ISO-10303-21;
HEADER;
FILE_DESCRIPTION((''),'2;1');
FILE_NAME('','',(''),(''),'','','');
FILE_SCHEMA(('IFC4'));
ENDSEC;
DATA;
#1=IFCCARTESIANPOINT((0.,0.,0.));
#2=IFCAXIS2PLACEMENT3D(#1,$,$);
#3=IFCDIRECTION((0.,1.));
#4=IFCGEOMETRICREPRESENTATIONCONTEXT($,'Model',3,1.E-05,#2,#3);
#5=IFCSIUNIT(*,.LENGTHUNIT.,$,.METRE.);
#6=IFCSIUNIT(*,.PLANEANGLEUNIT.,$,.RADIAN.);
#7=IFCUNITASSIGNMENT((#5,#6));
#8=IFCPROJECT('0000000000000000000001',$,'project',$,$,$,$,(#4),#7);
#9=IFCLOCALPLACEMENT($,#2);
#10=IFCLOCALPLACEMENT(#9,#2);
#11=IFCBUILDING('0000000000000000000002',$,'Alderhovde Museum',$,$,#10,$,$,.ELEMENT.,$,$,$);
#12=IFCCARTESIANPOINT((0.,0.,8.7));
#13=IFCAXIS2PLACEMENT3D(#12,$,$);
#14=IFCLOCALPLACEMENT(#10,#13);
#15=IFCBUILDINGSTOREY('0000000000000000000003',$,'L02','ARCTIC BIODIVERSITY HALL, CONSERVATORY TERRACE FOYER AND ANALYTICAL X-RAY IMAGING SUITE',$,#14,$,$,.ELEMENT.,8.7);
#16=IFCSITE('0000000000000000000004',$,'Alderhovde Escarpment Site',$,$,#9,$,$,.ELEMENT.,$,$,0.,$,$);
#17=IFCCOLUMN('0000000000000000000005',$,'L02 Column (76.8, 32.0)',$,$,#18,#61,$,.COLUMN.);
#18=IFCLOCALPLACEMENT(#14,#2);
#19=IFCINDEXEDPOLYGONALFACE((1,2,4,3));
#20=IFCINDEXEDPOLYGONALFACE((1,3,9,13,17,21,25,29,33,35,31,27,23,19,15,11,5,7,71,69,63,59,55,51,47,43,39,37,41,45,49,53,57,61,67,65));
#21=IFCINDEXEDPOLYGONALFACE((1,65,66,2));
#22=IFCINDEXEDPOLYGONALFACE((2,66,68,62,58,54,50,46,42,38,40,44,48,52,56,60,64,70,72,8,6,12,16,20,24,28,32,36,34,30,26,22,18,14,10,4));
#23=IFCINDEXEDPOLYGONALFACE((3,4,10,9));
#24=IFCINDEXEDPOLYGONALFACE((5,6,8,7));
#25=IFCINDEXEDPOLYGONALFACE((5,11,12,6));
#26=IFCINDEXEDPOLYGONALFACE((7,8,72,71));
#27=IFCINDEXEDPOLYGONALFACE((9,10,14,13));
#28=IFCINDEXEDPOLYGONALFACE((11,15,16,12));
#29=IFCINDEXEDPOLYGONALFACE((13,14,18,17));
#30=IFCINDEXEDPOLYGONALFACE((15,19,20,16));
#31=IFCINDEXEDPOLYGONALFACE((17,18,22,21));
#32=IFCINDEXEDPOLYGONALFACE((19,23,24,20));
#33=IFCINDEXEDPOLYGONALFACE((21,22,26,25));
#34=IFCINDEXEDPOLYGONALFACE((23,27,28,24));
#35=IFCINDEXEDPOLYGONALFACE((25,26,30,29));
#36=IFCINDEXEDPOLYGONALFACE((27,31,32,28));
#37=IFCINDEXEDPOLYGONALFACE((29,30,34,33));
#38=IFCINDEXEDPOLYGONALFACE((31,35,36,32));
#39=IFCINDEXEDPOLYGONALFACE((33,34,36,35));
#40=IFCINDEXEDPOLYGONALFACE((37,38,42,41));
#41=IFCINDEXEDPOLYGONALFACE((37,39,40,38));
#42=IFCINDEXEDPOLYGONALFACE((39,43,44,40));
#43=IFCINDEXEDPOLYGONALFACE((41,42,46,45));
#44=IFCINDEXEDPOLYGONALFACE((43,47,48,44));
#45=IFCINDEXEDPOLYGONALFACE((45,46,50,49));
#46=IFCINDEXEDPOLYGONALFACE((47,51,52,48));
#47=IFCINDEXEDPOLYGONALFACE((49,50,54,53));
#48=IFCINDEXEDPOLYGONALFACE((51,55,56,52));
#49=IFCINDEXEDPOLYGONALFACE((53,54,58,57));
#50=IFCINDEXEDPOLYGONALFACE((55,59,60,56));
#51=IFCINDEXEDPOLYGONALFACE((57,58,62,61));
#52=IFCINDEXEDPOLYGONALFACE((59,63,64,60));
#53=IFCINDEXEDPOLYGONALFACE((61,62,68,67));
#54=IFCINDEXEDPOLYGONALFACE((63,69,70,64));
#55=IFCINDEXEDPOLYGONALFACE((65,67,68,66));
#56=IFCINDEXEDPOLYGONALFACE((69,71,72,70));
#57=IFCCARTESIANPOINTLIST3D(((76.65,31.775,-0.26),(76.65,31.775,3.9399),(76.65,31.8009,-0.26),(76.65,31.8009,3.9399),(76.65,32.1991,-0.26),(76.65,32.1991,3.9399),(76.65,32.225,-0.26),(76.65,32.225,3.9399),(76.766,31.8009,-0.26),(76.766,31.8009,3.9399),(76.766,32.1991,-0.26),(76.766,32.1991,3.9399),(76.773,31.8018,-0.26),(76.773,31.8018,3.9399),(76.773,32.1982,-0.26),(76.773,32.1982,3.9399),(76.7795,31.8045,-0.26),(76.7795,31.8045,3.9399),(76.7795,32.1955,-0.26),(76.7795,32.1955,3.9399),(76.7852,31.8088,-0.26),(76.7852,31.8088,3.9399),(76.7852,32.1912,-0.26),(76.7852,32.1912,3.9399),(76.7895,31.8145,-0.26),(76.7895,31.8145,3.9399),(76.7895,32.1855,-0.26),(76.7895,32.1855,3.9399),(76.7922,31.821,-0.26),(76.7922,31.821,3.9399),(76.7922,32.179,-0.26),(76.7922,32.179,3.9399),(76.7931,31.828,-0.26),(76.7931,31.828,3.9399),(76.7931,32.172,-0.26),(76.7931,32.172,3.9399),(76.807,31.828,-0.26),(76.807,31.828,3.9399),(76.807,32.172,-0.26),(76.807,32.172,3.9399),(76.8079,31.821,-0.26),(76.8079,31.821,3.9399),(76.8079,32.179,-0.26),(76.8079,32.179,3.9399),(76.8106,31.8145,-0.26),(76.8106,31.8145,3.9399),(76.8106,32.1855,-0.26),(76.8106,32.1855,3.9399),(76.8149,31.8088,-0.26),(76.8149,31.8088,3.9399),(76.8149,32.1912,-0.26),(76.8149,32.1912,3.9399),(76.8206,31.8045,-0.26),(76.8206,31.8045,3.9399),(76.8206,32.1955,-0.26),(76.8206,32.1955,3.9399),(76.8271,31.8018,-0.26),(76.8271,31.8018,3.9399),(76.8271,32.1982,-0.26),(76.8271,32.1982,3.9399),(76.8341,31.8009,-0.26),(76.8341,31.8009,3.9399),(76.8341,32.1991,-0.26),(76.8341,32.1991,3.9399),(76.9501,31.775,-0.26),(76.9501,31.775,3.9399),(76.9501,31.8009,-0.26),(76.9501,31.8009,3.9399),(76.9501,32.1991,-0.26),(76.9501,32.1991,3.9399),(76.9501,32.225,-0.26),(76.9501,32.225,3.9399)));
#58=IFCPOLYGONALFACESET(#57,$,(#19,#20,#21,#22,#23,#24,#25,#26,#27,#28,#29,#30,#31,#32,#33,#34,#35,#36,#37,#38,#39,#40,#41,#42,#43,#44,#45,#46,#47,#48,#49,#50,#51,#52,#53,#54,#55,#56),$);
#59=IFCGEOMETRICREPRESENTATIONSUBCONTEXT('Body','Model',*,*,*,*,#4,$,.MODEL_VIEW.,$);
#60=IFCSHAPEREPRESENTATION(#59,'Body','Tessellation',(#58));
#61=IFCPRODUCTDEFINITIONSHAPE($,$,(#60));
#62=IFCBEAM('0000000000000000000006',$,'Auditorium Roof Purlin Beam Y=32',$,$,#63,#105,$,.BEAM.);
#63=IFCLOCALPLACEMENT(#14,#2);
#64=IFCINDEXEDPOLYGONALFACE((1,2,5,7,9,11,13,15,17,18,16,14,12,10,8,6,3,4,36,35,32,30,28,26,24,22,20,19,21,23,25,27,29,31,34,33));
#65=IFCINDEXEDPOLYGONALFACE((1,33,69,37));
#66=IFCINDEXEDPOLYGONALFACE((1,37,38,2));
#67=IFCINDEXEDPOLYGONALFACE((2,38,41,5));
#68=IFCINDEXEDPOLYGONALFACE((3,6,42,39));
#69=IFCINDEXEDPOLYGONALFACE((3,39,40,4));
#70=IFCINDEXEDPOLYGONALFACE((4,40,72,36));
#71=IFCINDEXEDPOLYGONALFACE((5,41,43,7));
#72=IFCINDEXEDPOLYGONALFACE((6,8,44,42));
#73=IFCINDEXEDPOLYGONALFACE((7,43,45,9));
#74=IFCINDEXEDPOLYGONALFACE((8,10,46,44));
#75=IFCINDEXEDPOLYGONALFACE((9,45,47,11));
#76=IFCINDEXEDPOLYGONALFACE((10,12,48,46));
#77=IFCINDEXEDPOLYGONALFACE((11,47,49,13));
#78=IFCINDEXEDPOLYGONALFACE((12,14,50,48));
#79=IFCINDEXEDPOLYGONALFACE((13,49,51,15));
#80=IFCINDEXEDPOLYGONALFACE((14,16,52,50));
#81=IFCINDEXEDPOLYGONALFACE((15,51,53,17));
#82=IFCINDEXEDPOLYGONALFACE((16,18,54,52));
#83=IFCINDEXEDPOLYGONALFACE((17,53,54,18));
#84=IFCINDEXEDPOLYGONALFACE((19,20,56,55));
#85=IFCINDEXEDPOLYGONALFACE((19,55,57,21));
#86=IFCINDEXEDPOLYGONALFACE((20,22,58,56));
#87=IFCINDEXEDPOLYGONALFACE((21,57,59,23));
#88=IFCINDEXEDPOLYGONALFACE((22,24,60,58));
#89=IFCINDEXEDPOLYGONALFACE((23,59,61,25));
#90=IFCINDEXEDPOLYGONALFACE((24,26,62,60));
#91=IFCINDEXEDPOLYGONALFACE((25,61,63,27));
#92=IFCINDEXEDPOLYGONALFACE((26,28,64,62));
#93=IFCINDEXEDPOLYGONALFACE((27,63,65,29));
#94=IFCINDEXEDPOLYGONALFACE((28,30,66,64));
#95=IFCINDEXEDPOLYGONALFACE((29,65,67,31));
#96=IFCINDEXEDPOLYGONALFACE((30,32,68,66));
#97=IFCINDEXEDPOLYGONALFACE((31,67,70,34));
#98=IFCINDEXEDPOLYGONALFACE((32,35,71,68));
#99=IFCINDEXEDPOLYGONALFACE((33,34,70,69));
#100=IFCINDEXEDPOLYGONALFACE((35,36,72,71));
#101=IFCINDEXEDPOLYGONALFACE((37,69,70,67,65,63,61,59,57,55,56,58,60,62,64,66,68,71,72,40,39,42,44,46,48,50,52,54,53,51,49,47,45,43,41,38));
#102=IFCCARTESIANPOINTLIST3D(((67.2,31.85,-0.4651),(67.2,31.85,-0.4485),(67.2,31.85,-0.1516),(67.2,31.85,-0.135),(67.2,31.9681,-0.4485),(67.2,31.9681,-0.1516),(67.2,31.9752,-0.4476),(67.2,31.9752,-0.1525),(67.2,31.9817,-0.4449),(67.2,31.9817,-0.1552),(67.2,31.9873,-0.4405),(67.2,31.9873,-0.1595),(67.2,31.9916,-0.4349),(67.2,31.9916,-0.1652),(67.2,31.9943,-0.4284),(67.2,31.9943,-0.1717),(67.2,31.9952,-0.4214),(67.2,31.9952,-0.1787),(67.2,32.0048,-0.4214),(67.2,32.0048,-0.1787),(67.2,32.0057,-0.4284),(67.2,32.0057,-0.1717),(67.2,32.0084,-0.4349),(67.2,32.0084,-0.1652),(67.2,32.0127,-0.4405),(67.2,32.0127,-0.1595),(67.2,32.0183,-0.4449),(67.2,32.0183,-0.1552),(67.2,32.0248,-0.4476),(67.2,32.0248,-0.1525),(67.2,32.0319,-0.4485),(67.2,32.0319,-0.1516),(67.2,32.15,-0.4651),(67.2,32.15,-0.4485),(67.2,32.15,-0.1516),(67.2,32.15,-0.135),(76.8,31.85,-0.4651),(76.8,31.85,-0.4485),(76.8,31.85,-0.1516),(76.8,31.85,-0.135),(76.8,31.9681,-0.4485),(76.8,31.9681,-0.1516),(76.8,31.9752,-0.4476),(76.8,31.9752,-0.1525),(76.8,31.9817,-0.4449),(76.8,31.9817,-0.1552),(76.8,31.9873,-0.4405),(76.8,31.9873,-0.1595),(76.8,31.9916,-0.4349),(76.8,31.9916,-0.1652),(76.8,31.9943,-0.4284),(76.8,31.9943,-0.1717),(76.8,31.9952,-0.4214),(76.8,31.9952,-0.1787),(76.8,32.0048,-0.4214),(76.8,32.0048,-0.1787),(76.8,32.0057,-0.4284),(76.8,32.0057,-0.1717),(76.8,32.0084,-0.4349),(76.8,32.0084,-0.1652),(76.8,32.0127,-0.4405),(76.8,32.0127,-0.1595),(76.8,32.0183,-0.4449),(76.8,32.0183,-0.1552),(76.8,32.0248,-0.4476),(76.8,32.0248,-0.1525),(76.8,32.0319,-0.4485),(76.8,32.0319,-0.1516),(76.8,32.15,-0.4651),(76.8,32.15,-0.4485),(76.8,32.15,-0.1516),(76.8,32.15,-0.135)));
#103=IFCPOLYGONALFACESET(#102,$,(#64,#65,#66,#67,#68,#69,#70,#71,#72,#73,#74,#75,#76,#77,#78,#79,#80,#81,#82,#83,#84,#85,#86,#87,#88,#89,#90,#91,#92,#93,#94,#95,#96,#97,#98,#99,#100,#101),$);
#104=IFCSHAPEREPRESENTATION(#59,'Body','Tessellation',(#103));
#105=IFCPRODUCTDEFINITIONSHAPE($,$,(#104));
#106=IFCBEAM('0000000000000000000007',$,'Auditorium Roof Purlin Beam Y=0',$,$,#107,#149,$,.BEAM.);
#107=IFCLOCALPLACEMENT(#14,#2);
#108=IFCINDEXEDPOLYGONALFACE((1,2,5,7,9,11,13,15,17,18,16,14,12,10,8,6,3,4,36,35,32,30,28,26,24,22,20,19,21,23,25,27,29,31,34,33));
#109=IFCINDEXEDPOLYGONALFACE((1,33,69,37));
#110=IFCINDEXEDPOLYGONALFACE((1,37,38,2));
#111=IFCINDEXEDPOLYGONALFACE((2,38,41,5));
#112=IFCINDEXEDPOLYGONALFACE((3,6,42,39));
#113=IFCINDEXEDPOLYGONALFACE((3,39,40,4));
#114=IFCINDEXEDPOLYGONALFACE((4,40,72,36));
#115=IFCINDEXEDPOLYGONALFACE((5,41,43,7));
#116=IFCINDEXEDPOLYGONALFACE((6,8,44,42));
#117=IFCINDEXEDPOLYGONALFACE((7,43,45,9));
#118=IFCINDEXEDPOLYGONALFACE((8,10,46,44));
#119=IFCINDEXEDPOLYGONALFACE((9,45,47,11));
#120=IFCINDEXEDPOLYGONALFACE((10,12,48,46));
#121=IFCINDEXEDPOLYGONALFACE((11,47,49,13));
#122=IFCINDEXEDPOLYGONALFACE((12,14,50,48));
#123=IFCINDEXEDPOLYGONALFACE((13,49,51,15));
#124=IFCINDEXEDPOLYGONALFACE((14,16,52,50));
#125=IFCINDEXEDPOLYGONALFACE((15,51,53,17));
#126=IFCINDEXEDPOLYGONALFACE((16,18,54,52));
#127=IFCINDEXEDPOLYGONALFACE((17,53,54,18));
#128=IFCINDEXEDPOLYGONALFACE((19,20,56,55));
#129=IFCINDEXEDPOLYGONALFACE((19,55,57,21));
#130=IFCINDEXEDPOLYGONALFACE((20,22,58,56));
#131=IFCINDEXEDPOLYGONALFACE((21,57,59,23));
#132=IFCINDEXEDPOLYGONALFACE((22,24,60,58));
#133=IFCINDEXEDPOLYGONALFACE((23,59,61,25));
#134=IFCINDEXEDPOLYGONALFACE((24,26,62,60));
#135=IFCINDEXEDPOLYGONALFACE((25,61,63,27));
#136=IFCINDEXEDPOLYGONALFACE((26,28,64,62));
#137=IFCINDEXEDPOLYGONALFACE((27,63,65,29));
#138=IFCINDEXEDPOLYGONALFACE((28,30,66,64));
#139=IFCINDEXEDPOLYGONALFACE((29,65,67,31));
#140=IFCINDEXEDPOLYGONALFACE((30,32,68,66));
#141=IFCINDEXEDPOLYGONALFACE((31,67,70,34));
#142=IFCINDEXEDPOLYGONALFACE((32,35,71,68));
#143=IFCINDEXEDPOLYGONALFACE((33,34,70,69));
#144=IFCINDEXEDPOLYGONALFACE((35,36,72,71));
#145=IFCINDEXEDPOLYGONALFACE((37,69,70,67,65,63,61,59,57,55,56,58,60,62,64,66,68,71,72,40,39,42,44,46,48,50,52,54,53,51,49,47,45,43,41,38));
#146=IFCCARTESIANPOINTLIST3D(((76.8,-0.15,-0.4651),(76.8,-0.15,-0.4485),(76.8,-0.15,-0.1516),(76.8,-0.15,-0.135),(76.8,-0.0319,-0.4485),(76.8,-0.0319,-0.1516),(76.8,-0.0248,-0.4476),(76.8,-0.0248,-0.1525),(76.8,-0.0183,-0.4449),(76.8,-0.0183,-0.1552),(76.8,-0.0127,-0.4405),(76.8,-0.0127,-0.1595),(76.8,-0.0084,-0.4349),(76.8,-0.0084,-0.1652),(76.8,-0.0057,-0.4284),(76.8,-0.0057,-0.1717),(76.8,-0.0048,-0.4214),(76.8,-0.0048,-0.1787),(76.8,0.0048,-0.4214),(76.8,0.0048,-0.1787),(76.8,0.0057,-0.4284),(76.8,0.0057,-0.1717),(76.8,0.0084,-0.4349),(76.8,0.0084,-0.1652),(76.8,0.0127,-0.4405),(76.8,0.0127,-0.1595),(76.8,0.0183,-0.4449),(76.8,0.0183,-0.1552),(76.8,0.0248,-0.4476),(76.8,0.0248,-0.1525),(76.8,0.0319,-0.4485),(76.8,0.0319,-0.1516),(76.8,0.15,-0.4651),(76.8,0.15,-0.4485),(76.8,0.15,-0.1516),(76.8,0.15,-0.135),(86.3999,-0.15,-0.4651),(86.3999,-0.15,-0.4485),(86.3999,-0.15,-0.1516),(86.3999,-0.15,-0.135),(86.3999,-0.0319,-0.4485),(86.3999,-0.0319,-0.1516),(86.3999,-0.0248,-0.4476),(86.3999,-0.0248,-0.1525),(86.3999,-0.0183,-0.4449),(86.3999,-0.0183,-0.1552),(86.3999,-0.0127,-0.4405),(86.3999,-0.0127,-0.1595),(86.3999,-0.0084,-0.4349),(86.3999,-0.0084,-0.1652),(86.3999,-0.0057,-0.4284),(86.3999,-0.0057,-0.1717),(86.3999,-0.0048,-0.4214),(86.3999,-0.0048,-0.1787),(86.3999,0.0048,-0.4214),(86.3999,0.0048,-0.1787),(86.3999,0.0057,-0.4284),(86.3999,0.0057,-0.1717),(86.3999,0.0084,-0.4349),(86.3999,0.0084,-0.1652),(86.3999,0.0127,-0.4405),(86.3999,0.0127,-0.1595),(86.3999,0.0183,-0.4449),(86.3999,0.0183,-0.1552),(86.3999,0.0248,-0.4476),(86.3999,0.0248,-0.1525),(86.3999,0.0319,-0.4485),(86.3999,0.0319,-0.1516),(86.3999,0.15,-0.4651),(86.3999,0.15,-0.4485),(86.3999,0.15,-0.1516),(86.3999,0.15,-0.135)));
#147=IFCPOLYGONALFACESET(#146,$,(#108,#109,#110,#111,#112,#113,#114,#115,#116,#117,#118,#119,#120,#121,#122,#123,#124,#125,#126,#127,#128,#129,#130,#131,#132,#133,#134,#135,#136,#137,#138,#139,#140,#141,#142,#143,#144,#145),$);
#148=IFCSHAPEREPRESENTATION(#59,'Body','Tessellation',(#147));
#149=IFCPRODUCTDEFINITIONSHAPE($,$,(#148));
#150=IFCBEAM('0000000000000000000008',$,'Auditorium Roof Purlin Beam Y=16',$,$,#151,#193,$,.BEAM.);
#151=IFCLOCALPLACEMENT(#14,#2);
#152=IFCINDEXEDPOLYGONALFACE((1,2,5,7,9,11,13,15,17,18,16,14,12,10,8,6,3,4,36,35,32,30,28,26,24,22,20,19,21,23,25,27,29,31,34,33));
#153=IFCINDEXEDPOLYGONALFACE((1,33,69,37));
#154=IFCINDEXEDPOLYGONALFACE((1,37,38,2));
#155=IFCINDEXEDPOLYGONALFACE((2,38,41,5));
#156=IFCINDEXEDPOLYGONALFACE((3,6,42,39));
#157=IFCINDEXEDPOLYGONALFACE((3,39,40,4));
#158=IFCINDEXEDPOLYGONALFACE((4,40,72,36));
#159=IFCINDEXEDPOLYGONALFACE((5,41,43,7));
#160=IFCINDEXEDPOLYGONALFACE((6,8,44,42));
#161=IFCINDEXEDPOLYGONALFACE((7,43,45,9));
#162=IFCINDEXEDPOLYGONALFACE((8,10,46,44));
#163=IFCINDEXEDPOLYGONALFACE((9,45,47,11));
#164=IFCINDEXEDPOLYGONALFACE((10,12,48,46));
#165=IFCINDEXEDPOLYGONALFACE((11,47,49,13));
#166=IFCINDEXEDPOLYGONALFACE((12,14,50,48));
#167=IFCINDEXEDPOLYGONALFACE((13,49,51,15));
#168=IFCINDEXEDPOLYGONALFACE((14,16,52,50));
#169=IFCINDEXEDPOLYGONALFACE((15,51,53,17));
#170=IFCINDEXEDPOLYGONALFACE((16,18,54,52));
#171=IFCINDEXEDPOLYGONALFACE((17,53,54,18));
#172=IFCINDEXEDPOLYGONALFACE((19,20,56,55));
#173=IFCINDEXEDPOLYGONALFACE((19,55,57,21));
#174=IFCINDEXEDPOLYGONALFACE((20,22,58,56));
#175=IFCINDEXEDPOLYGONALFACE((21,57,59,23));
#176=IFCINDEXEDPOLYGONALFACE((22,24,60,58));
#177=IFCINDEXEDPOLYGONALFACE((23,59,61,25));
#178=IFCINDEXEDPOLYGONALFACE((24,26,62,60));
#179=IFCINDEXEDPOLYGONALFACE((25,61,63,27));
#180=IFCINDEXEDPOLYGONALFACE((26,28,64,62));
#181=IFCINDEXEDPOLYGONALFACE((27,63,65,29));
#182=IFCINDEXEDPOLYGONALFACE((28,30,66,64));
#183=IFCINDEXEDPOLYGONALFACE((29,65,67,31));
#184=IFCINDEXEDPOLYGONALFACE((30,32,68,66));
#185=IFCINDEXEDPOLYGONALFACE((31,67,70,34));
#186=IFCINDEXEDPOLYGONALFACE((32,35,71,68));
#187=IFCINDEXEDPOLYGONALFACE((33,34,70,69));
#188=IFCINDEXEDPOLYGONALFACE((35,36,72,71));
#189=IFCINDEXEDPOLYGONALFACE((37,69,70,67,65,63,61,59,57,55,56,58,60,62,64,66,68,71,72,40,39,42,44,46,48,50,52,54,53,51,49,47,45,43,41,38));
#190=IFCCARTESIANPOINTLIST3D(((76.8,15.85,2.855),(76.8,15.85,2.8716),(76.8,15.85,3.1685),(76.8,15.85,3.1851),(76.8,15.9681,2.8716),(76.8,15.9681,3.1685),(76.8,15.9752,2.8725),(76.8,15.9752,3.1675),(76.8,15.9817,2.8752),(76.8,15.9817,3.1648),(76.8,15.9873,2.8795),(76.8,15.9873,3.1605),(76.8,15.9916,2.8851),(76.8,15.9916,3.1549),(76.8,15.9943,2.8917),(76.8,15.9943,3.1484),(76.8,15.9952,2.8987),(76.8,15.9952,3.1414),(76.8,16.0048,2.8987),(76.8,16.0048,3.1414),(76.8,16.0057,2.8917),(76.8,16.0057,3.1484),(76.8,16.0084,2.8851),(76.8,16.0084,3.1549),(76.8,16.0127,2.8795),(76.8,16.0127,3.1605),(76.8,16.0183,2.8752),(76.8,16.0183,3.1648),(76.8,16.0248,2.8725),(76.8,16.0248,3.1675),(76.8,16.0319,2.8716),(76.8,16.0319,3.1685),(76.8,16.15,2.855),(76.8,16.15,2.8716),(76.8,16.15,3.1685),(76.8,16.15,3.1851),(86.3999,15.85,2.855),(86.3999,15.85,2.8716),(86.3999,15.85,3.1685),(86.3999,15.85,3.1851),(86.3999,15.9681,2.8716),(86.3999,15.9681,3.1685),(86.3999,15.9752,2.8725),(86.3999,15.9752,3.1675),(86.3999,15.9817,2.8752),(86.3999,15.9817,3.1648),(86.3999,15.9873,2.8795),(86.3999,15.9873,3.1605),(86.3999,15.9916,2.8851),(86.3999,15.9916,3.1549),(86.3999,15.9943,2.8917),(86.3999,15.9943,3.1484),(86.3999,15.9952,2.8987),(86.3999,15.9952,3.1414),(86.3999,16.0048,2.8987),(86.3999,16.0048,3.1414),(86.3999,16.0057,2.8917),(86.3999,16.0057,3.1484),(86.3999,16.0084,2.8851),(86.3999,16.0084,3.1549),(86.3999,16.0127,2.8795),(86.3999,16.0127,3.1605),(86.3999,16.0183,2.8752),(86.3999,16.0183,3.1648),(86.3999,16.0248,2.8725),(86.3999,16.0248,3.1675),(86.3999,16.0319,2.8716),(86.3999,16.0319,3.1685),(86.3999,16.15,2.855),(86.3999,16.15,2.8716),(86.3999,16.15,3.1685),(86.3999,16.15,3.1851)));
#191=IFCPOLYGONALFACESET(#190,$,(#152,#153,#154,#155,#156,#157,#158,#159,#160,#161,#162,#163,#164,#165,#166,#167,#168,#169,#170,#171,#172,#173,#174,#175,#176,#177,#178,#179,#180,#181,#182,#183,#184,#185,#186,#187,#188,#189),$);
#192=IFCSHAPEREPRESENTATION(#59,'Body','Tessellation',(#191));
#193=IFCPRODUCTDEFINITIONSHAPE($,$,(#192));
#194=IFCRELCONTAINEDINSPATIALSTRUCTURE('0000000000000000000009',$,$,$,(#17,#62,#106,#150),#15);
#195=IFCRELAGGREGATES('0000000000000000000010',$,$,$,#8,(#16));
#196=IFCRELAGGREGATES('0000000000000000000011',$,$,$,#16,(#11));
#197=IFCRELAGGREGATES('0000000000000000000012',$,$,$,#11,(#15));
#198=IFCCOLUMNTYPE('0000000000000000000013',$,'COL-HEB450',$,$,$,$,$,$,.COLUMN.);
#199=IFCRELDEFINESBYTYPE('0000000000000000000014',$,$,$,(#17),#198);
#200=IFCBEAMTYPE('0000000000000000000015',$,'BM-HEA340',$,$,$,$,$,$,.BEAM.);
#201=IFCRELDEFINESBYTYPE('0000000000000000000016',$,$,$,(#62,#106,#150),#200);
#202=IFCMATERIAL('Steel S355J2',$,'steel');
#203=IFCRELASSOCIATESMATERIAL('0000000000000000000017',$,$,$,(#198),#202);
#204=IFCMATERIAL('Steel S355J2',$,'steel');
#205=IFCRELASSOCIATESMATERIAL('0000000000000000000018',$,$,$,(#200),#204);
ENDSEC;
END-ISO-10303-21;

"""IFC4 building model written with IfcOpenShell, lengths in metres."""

from ifc_helpers import new_model, si_unit, direction, frame, origin, origin_2d, place, context, subcontext, project, spatial, i_section, extrude, material, material_profile, profile_set, type_object, element, save


model = new_model("IFC4")

# Units and contexts
model_context = context("Model", 3, precision=1e-05, world=origin(), true_north=direction((0.0, 1.0)))
body_context = subcontext(model_context, "Body", "Model", "MODEL_VIEW")
ifc_project = project(units=[si_unit("LENGTHUNIT", "METRE"), si_unit("PLANEANGLEUNIT", "RADIAN")], contexts=[model_context])

# Site, building, storey
site_placement = place(None, origin())
site = spatial("IfcSite", under=ifc_project, at=site_placement, Name="Alderhovde Escarpment Site", CompositionType="ELEMENT", RefElevation=0.0)
building_placement = place(site_placement, origin())
building = spatial("IfcBuilding", under=site, at=building_placement, Name="Alderhovde Museum", CompositionType="ELEMENT")
storey_placement = place(building_placement, frame((0.0, 0.0, 8.7)))
storey = spatial("IfcBuildingStorey", under=building, at=storey_placement, Name="L02", Description="ARCTIC BIODIVERSITY HALL, CONSERVATORY TERRACE FOYER AND ANALYTICAL X-RAY IMAGING SUITE", CompositionType="ELEMENT", Elevation=8.7)

# Column
ifc_material_1 = material(Name="Steel S355J2", Category="steel")
ifc_material_profile_1 = material_profile(ifc_material_1, i_section(OverallWidth=0.3, OverallDepth=0.45, WebThickness=0.0139, FlangeThickness=0.0259, FilletRadius=0.0271, at=origin_2d()), Name="HEB 450")
ifc_profile_set_1 = profile_set([ifc_material_profile_1], Name="Steel S355J2")
column_type = type_object("IfcColumnType", Name="COL-HEB450", PredefinedType="COLUMN", material=ifc_profile_set_1)
column_placement = place(storey_placement, frame((76.8, 32.0, -0.26), z_axis=(0.0, 0.0, 1.0), x_axis=(1.0, 0.0, 0.0)))
element("IfcColumn", 1, at=column_placement, inside=storey, type_object=column_type, Name="L02 Column (76.8, 32.0)", PredefinedType="COLUMN", context=body_context, shape_type="SweptSolid", body=[
    extrude(i_section(OverallWidth=0.3, OverallDepth=0.45, WebThickness=0.0139, FlangeThickness=0.0259, FilletRadius=0.0271, at=origin_2d()), origin(), (0.0, 0.0, 1.0), 4.2),
])

# Beams
ifc_material_2 = material(Name="Steel S355J2", Category="steel")
ifc_material_profile_2 = material_profile(ifc_material_2, i_section(OverallWidth=0.3, OverallDepth=0.3301, WebThickness=0.0095, FlangeThickness=0.0166, FilletRadius=0.0271, at=origin_2d()), Name="HEA 340")
ifc_profile_set_2 = profile_set([ifc_material_profile_2], Name="Steel S355J2")
beam_type_1 = type_object("IfcBeamType", Name="BM-HEA340", PredefinedType="BEAM", material=ifc_profile_set_2)
beam_1_placement = place(storey_placement, frame((67.2, 32.0, -0.3), z_axis=(1.0, 0.0, 0.0), x_axis=(0.0, 1.0, 0.0)))
element("IfcBeam", 2, at=beam_1_placement, inside=storey, type_object=beam_type_1, Name="Auditorium Roof Purlin Beam Y=32", PredefinedType="BEAM", context=body_context, shape_type="SweptSolid", body=[
    extrude(i_section(OverallWidth=0.3, OverallDepth=0.3301, WebThickness=0.0095, FlangeThickness=0.0166, FilletRadius=0.0271, at=origin_2d()), origin(), (0.0, 0.0, 1.0), 9.6001),
])
for number, where, z_axis, x_axis, name in (
    (3, (76.8, 0.0, -0.3), (1.0, 0.0, 0.0), (0.0, 1.0, 0.0), "Auditorium Roof Purlin Beam Y=0"),
    (4, (76.8, 16.0, 3.02), (1.0, 0.0, 0.0), (0.0, 1.0, 0.0), "Auditorium Roof Purlin Beam Y=16"),
):
    element("IfcBeam", number, at=place(storey_placement, frame(where, z_axis=z_axis, x_axis=x_axis)), inside=storey, type_object=beam_type_1, Name=name, PredefinedType="BEAM", context=body_context, shape_type="SweptSolid", body=[
        extrude(i_section(OverallWidth=0.3, OverallDepth=0.3301, WebThickness=0.0095, FlangeThickness=0.0166, FilletRadius=0.0271, at=origin_2d()), origin(), (0.0, 0.0, 1.0), 9.5999),
    ])

save(model, "model.ifc")
